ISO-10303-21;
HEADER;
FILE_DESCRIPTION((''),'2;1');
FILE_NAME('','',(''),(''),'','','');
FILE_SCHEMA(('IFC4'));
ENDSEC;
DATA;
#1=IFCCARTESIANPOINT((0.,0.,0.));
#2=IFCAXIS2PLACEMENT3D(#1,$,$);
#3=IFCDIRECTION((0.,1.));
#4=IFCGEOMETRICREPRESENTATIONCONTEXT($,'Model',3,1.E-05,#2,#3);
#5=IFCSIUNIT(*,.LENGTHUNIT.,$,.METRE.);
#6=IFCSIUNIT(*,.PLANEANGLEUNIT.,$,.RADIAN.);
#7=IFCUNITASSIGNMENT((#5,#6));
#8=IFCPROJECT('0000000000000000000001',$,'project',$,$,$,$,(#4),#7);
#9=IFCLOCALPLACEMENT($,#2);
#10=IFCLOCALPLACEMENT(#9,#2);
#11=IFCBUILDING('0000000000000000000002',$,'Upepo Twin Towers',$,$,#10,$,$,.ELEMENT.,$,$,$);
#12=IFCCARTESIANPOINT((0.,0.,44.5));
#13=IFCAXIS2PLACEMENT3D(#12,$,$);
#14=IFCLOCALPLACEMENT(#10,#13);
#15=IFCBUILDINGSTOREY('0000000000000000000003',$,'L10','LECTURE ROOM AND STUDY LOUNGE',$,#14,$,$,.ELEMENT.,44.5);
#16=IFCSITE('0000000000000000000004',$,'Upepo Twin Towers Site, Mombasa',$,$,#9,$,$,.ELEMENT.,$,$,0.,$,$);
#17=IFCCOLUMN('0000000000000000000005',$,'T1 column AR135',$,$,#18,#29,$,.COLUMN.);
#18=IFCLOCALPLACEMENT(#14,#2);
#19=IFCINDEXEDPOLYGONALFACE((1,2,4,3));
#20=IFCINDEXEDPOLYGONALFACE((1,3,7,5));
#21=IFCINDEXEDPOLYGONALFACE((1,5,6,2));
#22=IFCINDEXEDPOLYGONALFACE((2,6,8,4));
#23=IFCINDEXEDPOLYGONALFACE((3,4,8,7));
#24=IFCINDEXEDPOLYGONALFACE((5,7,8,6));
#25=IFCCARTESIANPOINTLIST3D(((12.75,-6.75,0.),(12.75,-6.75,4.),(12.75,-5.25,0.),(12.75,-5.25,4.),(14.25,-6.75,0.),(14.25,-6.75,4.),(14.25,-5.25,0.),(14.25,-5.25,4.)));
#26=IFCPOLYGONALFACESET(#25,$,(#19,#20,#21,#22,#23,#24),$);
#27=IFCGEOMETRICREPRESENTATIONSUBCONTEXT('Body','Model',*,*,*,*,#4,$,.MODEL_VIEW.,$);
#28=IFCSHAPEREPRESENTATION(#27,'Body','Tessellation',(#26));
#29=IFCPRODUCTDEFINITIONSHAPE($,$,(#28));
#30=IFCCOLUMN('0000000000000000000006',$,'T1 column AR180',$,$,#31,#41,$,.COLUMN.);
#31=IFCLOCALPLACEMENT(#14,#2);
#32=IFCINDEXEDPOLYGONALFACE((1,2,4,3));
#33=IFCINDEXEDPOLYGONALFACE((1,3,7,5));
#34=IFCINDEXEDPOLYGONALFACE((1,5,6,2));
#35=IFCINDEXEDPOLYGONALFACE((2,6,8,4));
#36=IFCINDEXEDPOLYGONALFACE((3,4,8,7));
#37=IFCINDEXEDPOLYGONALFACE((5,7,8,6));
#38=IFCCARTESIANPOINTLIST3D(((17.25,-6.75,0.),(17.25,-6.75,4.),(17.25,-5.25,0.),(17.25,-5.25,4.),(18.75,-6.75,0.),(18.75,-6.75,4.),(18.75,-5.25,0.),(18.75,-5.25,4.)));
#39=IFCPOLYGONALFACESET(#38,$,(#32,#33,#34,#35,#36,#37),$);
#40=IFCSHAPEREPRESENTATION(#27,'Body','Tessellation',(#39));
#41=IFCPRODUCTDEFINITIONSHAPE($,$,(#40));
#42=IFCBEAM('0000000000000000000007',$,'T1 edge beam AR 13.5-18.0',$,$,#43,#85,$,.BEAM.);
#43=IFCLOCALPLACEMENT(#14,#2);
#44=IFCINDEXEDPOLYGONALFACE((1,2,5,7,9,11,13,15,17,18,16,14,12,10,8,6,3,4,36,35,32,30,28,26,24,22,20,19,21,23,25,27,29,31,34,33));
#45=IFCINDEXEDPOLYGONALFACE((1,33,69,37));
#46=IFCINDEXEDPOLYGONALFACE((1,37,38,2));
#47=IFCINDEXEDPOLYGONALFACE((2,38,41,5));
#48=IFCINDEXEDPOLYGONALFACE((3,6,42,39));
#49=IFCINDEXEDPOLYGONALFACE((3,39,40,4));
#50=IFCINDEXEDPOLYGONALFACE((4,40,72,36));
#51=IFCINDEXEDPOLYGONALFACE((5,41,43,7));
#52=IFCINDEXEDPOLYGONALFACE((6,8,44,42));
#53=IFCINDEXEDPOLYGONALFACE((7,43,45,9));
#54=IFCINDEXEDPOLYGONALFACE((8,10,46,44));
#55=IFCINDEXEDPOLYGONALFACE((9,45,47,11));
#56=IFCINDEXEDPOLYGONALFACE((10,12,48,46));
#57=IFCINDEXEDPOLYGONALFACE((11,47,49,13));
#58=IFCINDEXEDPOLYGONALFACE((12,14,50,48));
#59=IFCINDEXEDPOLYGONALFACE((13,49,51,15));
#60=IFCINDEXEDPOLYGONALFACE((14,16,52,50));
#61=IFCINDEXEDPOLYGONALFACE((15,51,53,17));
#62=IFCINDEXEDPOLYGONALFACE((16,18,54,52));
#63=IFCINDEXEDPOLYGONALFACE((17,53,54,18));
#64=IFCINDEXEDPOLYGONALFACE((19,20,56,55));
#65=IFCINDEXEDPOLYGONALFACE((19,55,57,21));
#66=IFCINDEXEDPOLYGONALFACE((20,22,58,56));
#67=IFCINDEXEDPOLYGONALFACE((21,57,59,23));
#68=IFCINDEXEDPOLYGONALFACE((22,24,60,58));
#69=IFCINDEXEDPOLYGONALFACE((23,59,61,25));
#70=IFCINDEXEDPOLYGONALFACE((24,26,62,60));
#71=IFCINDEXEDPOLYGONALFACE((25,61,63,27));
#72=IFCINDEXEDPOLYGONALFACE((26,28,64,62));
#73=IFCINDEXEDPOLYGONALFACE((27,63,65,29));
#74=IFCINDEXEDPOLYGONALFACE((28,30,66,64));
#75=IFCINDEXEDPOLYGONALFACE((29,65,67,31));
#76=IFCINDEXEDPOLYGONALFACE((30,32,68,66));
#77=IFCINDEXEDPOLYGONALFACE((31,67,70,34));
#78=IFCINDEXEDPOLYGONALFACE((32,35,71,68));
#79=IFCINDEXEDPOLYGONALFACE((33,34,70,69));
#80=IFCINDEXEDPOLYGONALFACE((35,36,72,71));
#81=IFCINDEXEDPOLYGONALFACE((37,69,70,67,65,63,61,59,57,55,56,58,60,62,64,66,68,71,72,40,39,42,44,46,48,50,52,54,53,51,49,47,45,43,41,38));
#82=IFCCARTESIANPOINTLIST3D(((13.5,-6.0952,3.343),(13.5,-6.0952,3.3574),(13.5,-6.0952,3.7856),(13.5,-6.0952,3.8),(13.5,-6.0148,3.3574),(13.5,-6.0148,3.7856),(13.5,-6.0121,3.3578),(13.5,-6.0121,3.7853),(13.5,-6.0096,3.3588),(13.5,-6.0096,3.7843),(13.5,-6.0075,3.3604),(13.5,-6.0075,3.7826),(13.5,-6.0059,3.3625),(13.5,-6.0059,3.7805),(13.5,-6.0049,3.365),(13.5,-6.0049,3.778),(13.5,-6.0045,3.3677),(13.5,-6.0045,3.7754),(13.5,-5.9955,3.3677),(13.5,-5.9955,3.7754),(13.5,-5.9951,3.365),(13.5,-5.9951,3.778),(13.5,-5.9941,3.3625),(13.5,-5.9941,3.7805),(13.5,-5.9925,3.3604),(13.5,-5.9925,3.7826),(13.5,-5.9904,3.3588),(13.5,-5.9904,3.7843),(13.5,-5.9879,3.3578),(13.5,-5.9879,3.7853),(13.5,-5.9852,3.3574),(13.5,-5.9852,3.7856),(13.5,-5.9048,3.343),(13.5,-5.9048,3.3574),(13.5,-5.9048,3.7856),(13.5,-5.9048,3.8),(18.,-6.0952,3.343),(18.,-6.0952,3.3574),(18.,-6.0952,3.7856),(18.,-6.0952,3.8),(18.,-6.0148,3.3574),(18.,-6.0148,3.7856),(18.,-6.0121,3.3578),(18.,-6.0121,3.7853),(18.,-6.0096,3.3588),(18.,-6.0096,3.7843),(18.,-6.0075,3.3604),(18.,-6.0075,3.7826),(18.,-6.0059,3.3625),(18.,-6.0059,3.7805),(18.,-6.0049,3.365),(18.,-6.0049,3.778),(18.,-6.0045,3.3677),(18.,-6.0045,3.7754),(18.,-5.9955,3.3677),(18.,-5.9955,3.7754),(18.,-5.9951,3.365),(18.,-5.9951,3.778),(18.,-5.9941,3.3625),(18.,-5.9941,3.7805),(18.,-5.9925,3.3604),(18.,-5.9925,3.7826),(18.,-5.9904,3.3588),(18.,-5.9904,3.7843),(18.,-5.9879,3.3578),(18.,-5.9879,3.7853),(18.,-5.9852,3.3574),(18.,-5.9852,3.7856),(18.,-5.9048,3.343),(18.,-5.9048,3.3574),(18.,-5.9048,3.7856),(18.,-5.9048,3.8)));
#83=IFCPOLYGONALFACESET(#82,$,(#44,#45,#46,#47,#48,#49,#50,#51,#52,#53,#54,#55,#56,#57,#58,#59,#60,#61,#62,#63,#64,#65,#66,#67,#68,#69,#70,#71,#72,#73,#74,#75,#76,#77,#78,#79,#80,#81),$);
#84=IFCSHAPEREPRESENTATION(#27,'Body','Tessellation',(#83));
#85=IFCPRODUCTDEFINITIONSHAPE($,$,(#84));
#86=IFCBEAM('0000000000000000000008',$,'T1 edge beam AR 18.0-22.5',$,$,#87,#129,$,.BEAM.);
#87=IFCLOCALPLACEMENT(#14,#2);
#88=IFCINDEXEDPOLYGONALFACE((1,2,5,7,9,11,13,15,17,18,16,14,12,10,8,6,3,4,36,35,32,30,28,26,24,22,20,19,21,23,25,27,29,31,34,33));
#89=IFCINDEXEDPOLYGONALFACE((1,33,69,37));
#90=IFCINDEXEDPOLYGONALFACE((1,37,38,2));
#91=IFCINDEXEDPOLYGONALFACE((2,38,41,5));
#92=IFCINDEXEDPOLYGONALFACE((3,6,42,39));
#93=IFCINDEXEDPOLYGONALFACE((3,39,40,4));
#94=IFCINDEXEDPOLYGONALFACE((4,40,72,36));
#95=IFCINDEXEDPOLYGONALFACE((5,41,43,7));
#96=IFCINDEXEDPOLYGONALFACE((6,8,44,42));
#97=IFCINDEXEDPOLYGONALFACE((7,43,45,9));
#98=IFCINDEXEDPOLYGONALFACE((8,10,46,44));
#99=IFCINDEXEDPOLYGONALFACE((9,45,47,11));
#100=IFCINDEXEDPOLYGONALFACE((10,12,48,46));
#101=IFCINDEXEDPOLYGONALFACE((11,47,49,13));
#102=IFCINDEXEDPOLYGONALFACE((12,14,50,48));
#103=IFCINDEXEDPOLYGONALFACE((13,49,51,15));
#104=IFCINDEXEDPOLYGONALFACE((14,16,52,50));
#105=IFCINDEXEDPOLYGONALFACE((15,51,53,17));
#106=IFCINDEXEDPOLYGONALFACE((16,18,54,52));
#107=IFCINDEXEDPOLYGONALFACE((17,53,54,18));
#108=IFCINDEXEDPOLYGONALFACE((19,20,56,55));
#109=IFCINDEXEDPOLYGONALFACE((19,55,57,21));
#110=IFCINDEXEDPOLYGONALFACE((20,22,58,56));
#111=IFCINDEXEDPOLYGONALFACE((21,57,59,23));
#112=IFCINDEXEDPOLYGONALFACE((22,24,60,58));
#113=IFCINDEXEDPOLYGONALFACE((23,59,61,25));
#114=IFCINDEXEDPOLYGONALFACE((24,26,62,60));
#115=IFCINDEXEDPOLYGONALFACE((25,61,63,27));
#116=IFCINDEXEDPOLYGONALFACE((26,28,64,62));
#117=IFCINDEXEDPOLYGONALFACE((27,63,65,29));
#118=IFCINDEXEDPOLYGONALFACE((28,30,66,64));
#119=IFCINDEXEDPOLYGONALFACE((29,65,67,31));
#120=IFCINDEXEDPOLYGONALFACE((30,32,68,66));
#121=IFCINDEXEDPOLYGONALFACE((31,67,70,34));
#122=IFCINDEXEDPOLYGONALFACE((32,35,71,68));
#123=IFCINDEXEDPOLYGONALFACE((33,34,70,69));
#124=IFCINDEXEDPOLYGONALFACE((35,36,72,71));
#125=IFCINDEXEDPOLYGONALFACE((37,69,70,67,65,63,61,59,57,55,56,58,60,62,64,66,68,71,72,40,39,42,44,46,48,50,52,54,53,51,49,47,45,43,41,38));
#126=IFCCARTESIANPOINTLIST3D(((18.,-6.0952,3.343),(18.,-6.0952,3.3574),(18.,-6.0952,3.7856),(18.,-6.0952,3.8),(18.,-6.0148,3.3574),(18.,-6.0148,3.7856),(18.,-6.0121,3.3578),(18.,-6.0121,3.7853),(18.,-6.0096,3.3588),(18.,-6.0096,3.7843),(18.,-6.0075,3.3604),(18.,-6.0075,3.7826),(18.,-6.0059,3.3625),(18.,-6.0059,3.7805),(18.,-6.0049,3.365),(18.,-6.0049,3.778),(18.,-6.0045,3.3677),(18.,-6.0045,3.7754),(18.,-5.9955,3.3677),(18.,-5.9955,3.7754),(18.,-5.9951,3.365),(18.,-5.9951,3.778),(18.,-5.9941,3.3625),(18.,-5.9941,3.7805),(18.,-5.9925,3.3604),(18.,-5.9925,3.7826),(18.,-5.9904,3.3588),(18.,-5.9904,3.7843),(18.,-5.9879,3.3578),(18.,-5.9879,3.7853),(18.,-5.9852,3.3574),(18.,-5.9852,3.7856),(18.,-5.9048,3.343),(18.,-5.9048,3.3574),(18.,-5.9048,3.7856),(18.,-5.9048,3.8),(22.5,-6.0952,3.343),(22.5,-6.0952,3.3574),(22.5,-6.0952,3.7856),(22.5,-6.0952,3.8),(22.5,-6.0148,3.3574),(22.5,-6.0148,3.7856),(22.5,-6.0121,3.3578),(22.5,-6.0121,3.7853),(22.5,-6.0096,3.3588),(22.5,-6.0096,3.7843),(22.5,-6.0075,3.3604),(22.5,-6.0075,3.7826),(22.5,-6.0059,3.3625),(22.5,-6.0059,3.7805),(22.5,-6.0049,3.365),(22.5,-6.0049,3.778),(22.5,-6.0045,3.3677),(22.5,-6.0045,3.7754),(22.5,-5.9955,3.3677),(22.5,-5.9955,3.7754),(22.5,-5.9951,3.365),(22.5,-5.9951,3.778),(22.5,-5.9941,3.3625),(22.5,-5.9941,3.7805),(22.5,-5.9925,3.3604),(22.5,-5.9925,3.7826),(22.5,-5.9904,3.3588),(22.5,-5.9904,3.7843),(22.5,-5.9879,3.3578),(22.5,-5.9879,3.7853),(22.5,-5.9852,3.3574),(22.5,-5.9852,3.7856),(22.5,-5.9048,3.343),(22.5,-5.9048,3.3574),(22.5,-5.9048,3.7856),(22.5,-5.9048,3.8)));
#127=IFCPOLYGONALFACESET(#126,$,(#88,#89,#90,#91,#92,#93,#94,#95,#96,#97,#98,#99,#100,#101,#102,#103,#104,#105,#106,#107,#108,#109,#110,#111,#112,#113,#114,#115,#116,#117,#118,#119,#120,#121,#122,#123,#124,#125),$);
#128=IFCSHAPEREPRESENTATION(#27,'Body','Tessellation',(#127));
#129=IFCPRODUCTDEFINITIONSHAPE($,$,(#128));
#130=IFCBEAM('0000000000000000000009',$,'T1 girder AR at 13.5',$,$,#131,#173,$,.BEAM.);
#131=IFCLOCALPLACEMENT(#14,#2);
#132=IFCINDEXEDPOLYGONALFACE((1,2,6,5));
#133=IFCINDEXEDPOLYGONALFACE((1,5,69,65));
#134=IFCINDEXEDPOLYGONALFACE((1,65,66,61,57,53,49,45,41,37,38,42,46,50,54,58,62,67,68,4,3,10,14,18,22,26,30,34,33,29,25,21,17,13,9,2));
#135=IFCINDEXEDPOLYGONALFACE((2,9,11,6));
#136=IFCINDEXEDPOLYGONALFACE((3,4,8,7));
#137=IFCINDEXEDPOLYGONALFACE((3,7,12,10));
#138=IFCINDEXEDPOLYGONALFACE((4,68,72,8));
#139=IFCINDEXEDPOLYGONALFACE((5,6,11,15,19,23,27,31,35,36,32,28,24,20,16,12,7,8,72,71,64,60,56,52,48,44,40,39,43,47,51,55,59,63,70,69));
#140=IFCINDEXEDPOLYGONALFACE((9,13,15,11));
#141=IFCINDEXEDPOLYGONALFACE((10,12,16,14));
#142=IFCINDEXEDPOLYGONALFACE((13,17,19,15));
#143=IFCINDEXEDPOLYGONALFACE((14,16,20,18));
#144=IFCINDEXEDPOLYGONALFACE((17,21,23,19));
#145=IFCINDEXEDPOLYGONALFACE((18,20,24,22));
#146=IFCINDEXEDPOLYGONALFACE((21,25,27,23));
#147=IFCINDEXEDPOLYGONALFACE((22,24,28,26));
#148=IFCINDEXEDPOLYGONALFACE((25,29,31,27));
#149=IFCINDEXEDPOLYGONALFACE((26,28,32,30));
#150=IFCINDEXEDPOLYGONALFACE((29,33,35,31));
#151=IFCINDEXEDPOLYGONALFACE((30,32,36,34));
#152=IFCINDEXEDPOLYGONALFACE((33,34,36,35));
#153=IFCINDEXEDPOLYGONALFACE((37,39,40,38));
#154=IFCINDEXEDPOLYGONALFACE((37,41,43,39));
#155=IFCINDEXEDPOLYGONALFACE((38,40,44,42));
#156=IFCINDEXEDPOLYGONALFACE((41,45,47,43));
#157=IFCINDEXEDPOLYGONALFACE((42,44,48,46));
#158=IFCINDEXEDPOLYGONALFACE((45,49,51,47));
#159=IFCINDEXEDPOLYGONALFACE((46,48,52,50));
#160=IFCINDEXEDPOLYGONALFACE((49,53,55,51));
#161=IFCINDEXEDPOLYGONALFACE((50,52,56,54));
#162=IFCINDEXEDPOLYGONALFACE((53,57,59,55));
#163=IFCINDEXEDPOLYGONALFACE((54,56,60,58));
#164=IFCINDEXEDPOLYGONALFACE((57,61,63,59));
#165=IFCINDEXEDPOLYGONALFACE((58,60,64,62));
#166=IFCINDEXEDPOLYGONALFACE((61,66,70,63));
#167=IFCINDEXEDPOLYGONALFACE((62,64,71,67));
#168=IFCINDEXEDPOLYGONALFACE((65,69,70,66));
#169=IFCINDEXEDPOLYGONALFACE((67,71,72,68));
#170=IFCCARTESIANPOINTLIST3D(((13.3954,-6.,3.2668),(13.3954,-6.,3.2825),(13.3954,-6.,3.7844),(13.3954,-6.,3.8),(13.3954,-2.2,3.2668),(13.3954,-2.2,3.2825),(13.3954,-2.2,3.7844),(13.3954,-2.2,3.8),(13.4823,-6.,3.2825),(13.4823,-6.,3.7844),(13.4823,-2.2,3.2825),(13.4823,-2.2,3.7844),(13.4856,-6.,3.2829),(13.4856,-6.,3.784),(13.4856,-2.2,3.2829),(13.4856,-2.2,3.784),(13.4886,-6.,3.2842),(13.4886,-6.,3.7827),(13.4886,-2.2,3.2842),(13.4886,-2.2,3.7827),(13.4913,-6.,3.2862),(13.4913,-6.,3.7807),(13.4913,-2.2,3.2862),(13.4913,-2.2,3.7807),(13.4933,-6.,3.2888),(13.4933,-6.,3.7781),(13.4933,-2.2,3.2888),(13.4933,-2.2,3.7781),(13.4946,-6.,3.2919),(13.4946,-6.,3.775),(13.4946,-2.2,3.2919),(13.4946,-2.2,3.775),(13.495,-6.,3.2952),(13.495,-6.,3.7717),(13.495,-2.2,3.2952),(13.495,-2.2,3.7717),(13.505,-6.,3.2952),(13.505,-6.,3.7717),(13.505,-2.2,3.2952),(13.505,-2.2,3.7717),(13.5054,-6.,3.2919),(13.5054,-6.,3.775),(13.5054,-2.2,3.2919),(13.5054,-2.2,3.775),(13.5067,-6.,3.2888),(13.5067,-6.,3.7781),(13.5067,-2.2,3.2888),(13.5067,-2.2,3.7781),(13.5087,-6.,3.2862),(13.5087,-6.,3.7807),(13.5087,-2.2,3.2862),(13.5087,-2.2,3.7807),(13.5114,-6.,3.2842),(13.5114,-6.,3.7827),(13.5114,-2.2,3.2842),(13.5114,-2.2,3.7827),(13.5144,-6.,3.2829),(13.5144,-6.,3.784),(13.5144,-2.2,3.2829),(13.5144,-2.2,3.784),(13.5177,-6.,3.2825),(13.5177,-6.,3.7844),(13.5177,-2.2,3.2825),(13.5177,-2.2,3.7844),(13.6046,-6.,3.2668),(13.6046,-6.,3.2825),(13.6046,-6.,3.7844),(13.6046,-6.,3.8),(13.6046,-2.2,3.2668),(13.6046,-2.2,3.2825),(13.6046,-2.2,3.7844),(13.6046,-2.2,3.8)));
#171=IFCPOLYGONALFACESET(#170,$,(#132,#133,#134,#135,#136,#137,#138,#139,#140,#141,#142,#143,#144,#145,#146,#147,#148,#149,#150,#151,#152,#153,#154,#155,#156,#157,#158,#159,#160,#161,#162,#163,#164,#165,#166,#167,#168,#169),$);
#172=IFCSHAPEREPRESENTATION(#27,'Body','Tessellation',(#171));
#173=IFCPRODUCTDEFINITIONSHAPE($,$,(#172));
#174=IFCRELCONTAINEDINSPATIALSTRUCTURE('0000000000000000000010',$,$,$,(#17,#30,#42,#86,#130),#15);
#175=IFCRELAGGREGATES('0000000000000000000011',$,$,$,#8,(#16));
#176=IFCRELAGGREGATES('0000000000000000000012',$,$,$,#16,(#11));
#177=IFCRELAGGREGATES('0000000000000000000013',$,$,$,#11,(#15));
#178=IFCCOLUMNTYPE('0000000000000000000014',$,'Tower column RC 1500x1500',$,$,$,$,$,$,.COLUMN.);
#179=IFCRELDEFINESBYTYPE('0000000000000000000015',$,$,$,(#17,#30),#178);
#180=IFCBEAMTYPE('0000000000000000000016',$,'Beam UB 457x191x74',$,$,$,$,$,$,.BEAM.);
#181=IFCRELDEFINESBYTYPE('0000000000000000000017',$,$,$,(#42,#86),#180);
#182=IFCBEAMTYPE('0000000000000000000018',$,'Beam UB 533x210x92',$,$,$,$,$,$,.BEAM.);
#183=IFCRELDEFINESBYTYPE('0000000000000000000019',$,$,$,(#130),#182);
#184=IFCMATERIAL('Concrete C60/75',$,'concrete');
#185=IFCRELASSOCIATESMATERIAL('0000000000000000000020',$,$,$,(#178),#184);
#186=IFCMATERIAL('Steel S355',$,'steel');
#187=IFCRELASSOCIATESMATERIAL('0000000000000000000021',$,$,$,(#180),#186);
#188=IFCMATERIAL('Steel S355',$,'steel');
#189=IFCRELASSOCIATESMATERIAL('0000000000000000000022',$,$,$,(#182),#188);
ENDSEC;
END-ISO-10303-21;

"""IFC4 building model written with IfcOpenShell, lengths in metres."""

from ifc_helpers import new_model, si_unit, direction, frame, origin, origin_2d, place, context, subcontext, project, spatial, rectangle, i_section, extrude, material, material_profile, profile_set, type_object, element, save


model = new_model("IFC4")

# Units and contexts
model_context = context("Model", 3, precision=1e-05, world=origin(), true_north=direction((0.0, 1.0)))
body_context = subcontext(model_context, "Body", "Model", "MODEL_VIEW")
ifc_project = project(units=[si_unit("LENGTHUNIT", "METRE"), si_unit("PLANEANGLEUNIT", "RADIAN")], contexts=[model_context])

# Site, building, storey
site_placement = place(None, origin())
site = spatial("IfcSite", under=ifc_project, at=site_placement, Name="Upepo Twin Towers Site, Mombasa", CompositionType="ELEMENT", RefElevation=0.0)
building_placement = place(site_placement, origin())
building = spatial("IfcBuilding", under=site, at=building_placement, Name="Upepo Twin Towers", CompositionType="ELEMENT")
storey_placement = place(building_placement, frame((0.0, 0.0, 44.5)))
storey = spatial("IfcBuildingStorey", under=building, at=storey_placement, Name="L10", Description="LECTURE ROOM AND STUDY LOUNGE", CompositionType="ELEMENT", Elevation=44.5)

# Columns
ifc_material_1 = material(Name="Concrete C60/75", Category="concrete")
ifc_material_profile_1 = material_profile(ifc_material_1, rectangle(XDim=1.5, YDim=1.5, at=origin_2d()), Name="RC 1500x1500")
ifc_profile_set_1 = profile_set([ifc_material_profile_1], Name="Concrete C60/75")
column_type = type_object("IfcColumnType", Name="Tower column RC 1500x1500", PredefinedType="COLUMN", material=ifc_profile_set_1)
for number, where, z_axis, x_axis, name in (
    (1, (13.5, -6.0, 0.0), (0.0, 0.0, 1.0), (1.0, 0.0, 0.0), "T1 column AR135"),
    (2, (18.0, -6.0, 0.0), (0.0, 0.0, 1.0), (1.0, 0.0, 0.0), "T1 column AR180"),
):
    element("IfcColumn", number, at=place(storey_placement, frame(where, z_axis=z_axis, x_axis=x_axis)), inside=storey, type_object=column_type, Name=name, PredefinedType="COLUMN", context=body_context, shape_type="SweptSolid", body=[
        extrude(rectangle(XDim=1.5, YDim=1.5, at=origin_2d()), origin(), (0.0, 0.0, 1.0), 4.0),
    ])

# Beams
ifc_material_2 = material(Name="Steel S355", Category="steel")
ifc_material_profile_2 = material_profile(ifc_material_2, i_section(OverallWidth=0.1904, OverallDepth=0.457, WebThickness=0.009, FlangeThickness=0.0144, FilletRadius=0.0103, at=origin_2d()), Name="UB 457x191x74")
ifc_profile_set_2 = profile_set([ifc_material_profile_2], Name="Steel S355")
beam_type_1 = type_object("IfcBeamType", Name="Beam UB 457x191x74", PredefinedType="BEAM", material=ifc_profile_set_2)
for number, where, z_axis, x_axis, name in (
    (3, (13.5, -6.0, 3.5715), (1.0, 0.0, 0.0), (0.0, 1.0, 0.0), "T1 edge beam AR 13.5-18.0"),
    (4, (18.0, -6.0, 3.5715), (1.0, 0.0, 0.0), (0.0, 1.0, 0.0), "T1 edge beam AR 18.0-22.5"),
):
    element("IfcBeam", number, at=place(storey_placement, frame(where, z_axis=z_axis, x_axis=x_axis)), inside=storey, type_object=beam_type_1, Name=name, PredefinedType="BEAM", context=body_context, shape_type="SweptSolid", body=[
        extrude(i_section(OverallWidth=0.1904, OverallDepth=0.457, WebThickness=0.009, FlangeThickness=0.0144, FilletRadius=0.0103, at=origin_2d()), origin(), (0.0, 0.0, 1.0), 4.5),
    ])
ifc_material_3 = material(Name="Steel S355", Category="steel")
ifc_material_profile_3 = material_profile(ifc_material_3, i_section(OverallWidth=0.2092, OverallDepth=0.5332, WebThickness=0.01, FlangeThickness=0.0156, FilletRadius=0.0127, at=origin_2d()), Name="UB 533x210x92")
ifc_profile_set_3 = profile_set([ifc_material_profile_3], Name="Steel S355")
beam_type_2 = type_object("IfcBeamType", Name="Beam UB 533x210x92", PredefinedType="BEAM", material=ifc_profile_set_3)
for number, where, z_axis, x_axis, name in (
    (5, (13.5, -6.0, 3.5334), (0.0, 1.0, 0.0), (-1.0, 0.0, 0.0), "T1 girder AR at 13.5"),
):
    element("IfcBeam", number, at=place(storey_placement, frame(where, z_axis=z_axis, x_axis=x_axis)), inside=storey, type_object=beam_type_2, Name=name, PredefinedType="BEAM", context=body_context, shape_type="SweptSolid", body=[
        extrude(i_section(OverallWidth=0.2092, OverallDepth=0.5332, WebThickness=0.01, FlangeThickness=0.0156, FilletRadius=0.0127, at=origin_2d()), origin(), (0.0, 0.0, 1.0), 3.8),
    ])

save(model, "model.ifc")
